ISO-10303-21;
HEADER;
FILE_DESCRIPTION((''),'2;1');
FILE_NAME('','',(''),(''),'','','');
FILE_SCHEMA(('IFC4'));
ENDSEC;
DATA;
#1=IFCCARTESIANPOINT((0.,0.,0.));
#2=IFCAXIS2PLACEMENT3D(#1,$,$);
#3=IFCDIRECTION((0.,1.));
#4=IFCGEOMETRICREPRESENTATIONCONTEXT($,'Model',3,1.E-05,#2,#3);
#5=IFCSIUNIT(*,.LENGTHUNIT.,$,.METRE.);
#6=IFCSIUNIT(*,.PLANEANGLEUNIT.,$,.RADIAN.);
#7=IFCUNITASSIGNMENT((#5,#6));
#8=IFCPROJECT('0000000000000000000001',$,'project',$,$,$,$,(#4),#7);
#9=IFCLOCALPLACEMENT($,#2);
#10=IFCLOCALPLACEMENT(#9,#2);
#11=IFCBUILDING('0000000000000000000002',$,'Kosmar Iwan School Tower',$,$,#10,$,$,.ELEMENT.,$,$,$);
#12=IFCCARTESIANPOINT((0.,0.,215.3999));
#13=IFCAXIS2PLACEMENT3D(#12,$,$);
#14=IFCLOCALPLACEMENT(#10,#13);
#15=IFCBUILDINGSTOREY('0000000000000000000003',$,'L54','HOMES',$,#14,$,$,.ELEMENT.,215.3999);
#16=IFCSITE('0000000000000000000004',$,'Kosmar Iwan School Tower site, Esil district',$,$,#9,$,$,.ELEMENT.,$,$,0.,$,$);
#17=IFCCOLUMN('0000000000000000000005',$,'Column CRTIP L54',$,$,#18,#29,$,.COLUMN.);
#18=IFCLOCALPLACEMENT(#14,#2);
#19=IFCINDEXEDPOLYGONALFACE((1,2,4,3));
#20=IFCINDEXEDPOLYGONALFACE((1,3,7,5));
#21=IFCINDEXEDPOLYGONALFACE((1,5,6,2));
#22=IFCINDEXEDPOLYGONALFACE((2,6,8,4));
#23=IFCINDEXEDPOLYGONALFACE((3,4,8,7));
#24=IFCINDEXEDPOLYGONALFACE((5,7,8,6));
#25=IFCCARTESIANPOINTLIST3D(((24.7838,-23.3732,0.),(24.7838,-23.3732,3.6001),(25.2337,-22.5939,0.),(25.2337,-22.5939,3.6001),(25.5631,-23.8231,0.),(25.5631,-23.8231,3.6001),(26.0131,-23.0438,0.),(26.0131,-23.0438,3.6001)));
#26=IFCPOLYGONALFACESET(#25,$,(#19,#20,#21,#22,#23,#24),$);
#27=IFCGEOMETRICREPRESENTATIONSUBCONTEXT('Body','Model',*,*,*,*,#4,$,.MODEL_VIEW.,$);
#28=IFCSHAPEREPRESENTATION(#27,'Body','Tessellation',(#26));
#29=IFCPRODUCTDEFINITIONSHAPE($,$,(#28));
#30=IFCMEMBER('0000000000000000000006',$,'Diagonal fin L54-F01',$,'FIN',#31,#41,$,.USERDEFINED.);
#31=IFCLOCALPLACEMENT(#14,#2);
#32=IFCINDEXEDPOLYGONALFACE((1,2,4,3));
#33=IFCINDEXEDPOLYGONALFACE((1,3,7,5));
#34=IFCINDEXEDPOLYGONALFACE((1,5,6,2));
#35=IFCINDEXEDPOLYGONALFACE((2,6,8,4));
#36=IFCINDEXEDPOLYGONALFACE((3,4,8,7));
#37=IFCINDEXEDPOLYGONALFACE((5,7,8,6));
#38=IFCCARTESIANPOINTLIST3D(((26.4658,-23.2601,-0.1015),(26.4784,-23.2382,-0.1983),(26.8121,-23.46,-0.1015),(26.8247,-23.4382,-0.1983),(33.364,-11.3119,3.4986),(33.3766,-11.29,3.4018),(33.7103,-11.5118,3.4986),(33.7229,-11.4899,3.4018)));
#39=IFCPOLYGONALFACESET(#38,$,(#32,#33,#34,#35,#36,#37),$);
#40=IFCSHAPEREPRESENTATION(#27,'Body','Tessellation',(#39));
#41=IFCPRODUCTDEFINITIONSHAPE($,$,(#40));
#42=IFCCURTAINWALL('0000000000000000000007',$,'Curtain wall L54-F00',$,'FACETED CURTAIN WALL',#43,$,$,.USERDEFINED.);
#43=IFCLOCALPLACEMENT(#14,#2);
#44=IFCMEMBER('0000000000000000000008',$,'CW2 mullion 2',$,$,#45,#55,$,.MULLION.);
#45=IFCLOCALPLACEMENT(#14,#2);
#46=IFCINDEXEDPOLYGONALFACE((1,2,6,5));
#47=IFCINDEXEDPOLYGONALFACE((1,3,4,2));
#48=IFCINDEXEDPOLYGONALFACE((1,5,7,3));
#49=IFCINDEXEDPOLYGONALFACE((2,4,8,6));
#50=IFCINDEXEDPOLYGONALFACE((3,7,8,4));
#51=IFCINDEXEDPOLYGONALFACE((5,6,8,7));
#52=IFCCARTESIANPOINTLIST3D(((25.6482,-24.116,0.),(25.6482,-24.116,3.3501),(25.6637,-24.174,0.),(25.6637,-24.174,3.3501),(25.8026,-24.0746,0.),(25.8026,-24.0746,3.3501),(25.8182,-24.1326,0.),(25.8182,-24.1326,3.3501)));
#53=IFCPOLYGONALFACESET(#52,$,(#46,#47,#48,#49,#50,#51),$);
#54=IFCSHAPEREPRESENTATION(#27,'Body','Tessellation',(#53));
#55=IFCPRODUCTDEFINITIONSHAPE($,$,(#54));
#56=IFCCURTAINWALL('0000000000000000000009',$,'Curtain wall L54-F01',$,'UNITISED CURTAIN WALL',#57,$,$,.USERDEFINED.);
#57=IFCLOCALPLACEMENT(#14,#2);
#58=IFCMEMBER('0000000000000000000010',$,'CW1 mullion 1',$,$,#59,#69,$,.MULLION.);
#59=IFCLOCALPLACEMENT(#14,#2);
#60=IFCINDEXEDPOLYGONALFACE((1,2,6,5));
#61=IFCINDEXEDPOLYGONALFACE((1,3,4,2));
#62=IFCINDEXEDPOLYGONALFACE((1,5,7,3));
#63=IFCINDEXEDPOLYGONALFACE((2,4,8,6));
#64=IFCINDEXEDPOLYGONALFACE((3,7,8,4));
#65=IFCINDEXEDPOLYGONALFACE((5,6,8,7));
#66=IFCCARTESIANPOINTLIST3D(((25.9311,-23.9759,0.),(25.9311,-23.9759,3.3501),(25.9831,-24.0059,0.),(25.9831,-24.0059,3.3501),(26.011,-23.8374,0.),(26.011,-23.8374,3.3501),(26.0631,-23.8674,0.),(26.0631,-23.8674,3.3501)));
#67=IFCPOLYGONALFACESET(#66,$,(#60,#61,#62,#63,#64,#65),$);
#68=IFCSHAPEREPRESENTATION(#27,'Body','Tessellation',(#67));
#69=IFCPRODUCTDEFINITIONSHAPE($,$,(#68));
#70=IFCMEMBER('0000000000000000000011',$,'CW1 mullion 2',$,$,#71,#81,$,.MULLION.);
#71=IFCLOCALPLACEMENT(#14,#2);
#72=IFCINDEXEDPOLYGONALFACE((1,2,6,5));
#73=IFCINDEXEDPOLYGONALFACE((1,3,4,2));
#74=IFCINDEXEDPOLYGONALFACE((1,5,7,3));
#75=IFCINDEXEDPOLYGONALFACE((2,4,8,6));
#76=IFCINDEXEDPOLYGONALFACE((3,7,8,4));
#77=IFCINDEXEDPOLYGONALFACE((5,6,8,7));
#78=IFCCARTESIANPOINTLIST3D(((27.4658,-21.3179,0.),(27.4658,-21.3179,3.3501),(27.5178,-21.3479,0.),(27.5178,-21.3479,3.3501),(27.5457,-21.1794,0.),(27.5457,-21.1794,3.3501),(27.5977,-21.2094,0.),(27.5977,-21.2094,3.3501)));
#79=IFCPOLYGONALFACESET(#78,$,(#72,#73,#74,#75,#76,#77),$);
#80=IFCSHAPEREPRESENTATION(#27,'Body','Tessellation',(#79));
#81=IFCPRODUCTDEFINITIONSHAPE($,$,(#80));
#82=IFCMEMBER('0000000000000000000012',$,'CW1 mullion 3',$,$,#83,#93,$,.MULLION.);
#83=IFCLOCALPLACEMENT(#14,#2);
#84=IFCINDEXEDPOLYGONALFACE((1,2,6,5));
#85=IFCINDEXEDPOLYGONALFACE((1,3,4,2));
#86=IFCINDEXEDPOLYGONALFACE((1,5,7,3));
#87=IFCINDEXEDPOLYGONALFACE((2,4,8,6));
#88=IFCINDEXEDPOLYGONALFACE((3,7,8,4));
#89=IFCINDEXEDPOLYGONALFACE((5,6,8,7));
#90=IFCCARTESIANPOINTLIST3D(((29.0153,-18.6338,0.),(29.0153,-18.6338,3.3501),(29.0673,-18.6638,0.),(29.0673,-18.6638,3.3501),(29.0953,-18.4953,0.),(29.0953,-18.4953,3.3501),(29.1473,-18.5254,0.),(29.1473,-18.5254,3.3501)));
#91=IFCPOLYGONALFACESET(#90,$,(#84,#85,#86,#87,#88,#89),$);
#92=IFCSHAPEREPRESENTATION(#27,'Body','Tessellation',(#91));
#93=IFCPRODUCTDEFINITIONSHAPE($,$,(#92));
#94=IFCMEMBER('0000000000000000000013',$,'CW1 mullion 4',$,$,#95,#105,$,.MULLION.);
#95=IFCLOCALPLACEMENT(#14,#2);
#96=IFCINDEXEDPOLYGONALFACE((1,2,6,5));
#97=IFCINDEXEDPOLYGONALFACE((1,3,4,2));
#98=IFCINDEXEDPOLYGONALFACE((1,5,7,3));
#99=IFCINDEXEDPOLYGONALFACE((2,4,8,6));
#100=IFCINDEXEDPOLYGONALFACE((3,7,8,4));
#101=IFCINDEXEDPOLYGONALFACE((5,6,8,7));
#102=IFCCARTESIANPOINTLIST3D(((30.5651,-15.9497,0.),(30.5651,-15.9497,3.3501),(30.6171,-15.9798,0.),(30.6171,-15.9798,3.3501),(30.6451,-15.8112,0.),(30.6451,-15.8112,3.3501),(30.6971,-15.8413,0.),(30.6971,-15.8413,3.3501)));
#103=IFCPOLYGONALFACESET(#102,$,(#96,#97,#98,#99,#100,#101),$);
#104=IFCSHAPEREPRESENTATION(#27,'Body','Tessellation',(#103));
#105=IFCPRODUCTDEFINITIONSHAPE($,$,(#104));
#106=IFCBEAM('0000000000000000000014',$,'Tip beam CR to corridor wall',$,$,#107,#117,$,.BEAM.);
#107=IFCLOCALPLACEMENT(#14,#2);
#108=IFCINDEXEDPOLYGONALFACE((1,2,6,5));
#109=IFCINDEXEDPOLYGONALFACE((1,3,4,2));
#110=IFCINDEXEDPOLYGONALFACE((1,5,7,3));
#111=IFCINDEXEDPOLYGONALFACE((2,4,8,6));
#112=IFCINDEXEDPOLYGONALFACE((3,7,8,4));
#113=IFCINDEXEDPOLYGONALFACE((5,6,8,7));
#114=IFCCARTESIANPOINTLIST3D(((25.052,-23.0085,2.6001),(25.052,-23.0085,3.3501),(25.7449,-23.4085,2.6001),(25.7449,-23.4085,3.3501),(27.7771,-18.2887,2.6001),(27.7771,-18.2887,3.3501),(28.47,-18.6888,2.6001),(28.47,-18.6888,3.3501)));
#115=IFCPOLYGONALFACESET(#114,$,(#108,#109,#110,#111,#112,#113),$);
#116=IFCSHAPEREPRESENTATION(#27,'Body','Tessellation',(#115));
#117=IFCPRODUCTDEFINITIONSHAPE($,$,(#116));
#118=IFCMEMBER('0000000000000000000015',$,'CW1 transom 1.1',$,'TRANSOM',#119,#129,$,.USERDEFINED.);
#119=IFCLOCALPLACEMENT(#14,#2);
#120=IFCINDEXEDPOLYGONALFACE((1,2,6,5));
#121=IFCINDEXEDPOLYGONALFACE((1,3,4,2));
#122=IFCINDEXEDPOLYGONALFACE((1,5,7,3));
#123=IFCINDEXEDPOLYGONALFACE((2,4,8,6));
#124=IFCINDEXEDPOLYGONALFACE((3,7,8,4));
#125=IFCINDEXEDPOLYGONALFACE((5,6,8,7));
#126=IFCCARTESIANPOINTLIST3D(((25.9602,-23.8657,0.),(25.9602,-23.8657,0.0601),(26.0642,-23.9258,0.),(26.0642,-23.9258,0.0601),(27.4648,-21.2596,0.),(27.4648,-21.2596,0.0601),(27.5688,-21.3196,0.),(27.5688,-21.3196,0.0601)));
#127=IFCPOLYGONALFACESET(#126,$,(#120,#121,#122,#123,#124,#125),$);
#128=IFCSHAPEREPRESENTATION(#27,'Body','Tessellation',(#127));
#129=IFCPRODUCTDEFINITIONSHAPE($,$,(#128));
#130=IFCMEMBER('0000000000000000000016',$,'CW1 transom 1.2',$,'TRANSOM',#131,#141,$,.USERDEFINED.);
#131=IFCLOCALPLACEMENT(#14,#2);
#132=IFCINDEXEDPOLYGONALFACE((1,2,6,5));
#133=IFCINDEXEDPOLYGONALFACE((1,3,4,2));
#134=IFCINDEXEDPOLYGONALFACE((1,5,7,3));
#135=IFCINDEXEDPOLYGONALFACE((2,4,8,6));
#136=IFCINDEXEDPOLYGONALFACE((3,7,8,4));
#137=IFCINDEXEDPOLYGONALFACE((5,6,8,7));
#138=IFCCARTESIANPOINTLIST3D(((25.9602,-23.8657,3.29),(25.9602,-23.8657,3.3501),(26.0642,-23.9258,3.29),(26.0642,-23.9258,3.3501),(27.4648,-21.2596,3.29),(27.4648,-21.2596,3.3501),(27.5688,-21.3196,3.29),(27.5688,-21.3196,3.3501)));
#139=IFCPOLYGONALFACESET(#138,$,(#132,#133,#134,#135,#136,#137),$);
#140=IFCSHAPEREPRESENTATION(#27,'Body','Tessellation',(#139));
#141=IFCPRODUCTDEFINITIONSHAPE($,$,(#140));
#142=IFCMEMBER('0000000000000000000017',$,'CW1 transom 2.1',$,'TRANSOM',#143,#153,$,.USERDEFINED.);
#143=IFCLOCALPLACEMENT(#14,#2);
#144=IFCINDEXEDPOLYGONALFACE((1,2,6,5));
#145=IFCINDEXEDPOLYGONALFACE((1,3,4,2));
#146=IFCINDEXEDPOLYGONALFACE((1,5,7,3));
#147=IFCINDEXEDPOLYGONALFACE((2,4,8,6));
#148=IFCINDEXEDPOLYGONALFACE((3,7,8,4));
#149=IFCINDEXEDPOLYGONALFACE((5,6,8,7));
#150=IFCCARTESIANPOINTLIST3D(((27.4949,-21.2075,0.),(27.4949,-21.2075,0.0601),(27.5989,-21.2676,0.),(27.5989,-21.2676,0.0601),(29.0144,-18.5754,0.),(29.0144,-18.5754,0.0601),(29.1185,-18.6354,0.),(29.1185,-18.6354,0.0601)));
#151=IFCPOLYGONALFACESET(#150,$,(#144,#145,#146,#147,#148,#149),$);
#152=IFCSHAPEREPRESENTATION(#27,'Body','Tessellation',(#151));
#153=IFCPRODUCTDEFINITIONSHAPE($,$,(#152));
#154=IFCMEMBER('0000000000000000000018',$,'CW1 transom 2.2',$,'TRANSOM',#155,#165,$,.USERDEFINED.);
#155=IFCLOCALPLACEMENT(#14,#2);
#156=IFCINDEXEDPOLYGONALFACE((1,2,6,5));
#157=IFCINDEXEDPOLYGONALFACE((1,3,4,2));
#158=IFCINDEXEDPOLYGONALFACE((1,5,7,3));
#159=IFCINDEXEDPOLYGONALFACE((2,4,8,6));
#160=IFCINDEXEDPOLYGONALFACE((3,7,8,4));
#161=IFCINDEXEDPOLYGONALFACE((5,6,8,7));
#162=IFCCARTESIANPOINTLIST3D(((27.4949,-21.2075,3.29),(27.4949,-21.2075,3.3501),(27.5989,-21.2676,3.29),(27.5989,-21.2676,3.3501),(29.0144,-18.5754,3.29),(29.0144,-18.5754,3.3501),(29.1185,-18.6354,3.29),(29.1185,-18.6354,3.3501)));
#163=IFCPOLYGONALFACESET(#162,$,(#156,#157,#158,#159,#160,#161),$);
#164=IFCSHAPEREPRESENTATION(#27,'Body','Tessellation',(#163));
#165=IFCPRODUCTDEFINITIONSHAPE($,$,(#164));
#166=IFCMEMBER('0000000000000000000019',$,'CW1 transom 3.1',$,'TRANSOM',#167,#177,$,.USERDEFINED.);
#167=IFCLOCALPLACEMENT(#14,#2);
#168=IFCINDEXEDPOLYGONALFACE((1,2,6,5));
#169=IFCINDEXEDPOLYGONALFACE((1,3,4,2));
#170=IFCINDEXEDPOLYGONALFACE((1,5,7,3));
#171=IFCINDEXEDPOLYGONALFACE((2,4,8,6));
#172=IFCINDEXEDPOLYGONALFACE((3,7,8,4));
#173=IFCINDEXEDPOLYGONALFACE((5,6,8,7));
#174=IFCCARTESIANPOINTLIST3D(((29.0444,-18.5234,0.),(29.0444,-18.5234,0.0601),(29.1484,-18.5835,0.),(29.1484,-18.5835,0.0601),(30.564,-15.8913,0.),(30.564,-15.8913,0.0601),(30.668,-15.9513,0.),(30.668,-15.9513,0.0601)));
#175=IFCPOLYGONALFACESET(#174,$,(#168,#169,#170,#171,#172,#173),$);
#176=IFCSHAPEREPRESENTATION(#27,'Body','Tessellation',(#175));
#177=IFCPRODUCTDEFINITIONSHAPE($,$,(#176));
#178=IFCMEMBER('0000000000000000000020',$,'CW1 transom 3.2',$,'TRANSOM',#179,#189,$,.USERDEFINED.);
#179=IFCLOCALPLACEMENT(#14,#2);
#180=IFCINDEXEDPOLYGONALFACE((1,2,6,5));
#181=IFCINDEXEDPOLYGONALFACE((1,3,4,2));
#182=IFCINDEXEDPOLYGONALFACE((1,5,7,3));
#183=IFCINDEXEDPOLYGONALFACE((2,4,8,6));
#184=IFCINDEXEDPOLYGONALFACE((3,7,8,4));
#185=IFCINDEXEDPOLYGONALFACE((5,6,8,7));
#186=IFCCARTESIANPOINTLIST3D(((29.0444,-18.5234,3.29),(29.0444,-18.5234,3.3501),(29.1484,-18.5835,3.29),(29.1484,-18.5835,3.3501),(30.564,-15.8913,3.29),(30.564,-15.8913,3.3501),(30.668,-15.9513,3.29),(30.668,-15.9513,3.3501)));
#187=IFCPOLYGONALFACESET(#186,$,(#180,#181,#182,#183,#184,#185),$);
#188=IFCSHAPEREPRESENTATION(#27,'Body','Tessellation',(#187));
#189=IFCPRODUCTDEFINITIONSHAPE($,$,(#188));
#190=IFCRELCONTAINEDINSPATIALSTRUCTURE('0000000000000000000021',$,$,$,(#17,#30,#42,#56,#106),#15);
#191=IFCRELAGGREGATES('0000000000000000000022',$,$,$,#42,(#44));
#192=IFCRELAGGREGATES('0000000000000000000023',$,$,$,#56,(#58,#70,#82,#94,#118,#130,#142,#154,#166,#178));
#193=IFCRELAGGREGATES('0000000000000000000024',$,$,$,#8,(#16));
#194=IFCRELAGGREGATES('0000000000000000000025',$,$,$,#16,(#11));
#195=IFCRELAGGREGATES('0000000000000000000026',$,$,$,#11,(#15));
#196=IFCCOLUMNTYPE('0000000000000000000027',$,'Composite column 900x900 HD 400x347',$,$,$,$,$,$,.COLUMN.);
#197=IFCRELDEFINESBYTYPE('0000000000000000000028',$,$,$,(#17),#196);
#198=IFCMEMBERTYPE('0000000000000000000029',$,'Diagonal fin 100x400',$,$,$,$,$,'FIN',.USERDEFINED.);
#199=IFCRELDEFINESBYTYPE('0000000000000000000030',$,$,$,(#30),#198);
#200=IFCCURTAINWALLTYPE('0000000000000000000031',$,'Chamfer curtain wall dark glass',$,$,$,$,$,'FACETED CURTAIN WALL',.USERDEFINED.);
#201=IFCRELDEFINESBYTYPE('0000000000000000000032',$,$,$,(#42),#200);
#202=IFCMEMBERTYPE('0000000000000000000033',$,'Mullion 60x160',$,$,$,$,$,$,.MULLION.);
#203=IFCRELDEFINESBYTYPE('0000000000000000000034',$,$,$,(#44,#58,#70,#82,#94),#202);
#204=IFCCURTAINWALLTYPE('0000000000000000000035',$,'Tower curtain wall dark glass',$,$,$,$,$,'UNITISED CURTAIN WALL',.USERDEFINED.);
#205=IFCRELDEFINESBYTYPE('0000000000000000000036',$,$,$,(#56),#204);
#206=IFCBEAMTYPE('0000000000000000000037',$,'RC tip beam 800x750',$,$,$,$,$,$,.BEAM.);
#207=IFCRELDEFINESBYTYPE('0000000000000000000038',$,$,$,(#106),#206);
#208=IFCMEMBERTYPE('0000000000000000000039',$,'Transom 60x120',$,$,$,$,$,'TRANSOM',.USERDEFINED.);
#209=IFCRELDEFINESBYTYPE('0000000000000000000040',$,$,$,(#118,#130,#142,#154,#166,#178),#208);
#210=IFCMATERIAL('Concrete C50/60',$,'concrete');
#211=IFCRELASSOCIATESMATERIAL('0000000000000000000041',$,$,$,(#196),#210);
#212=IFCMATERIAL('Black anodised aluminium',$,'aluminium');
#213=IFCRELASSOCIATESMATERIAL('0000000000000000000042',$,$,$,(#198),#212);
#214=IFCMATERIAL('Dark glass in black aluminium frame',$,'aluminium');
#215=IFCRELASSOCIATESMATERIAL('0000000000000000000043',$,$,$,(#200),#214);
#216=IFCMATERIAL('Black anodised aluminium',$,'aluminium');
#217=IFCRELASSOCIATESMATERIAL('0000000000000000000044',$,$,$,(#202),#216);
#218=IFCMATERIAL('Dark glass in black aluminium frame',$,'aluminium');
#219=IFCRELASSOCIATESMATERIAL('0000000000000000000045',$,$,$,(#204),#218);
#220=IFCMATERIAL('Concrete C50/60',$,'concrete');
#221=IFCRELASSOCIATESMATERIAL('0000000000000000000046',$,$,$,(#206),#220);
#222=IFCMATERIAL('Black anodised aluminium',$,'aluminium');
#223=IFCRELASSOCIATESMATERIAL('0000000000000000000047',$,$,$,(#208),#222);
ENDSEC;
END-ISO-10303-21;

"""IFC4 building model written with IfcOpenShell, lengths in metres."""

from ifc_helpers import new_model, si_unit, direction, frame, origin, origin_2d, place, context, subcontext, project, spatial, rectangle, extrude, material, material_profile, profile_set, type_object, element, aggregate, save


model = new_model("IFC4")

# Units and contexts
model_context = context("Model", 3, precision=1e-05, world=origin(), true_north=direction((0.0, 1.0)))
body_context = subcontext(model_context, "Body", "Model", "MODEL_VIEW")
ifc_project = project(units=[si_unit("LENGTHUNIT", "METRE"), si_unit("PLANEANGLEUNIT", "RADIAN")], contexts=[model_context])

# Site, building, storey
site_placement = place(None, origin())
site = spatial("IfcSite", under=ifc_project, at=site_placement, Name="Kosmar Iwan School Tower site, Esil district", CompositionType="ELEMENT", RefElevation=0.0)
building_placement = place(site_placement, origin())
building = spatial("IfcBuilding", under=site, at=building_placement, Name="Kosmar Iwan School Tower", CompositionType="ELEMENT")
storey_placement = place(building_placement, frame((0.0, 0.0, 215.3999)))
storey = spatial("IfcBuildingStorey", under=building, at=storey_placement, Name="L54", Description="HOMES", CompositionType="ELEMENT", Elevation=215.3999)

# Column
ifc_material_1 = material(Name="Concrete C50/60", Category="concrete")
ifc_material_profile_1 = material_profile(ifc_material_1, rectangle(XDim=0.8999, YDim=0.8999, at=origin_2d()), Name="RC 900x900 + HD 400x347")
ifc_profile_set_1 = profile_set([ifc_material_profile_1], Name="Concrete C50/60")
column_type = type_object("IfcColumnType", Name="Composite column 900x900 HD 400x347", PredefinedType="COLUMN", material=ifc_profile_set_1)
column_placement = place(storey_placement, frame((25.3984, -23.2085, 0.0), z_axis=(0.0, 0.0, 1.0), x_axis=(0.866025, -0.5, 0.0)))
element("IfcColumn", 1, at=column_placement, inside=storey, type_object=column_type, Name="Column CRTIP L54", PredefinedType="COLUMN", context=body_context, shape_type="SweptSolid", body=[
    extrude(rectangle(XDim=0.8999, YDim=0.8999, at=origin_2d()), origin(), (0.0, 0.0, 1.0), 3.6001),
])

# Member
ifc_material_2 = material(Name="Black anodised aluminium", Category="aluminium")
ifc_material_profile_2 = material_profile(ifc_material_2, rectangle(XDim=0.1001, YDim=0.3999, at=origin_2d()), Name="FIN 100x400")
ifc_profile_set_2 = profile_set([ifc_material_profile_2], Name="Black anodised aluminium")
member_type_1 = type_object("IfcMemberType", Name="Diagonal fin 100x400", ElementType="FIN", PredefinedType="USERDEFINED", material=ifc_profile_set_2)
member_1_placement = place(storey_placement, frame((26.6453, -23.3491, -0.1499), z_axis=(0.483793, 0.83797, 0.252487), x_axis=(-0.126242, -0.218661, 0.9676)))
element("IfcMember", 2, at=member_1_placement, inside=storey, type_object=member_type_1, Name="Diagonal fin L54-F01", ObjectType="FIN", PredefinedType="USERDEFINED", context=body_context, shape_type="SweptSolid", body=[
    extrude(rectangle(XDim=0.1001, YDim=0.3999, at=origin_2d()), origin(), (0.0, 0.0, 1.0), 14.2585),
])

# Curtain wall, member
ifc_material_3 = material(Name="Dark glass in black aluminium frame", Category="aluminium")
curtain_wall_type_1 = type_object("IfcCurtainWallType", Name="Chamfer curtain wall dark glass", ElementType="FACETED CURTAIN WALL", PredefinedType="USERDEFINED", material=ifc_material_3)
curtain_wall_1_placement = place(storey_placement, origin())
curtain_wall_1 = element("IfcCurtainWall", 3, at=curtain_wall_1_placement, inside=storey, type_object=curtain_wall_type_1, Name="Curtain wall L54-F00", ObjectType="FACETED CURTAIN WALL", PredefinedType="USERDEFINED")
ifc_material_4 = material(Name="Black anodised aluminium", Category="aluminium")
ifc_material_profile_3 = material_profile(ifc_material_4, rectangle(XDim=0.0601, YDim=0.1599, at=origin_2d()), Name="MULLION 60x160")
ifc_profile_set_3 = profile_set([ifc_material_profile_3], Name="Black anodised aluminium")
member_type_2 = type_object("IfcMemberType", Name="Mullion 60x160", PredefinedType="MULLION", material=ifc_profile_set_3)
member_2_placement = place(storey_placement, frame((25.7332, -24.1243, 0.0), z_axis=(0.0, 0.0, 1.0), x_axis=(-0.258819, 0.965926, 0.0)))
member_2 = element("IfcMember", 4, at=member_2_placement, type_object=member_type_2, Name="CW2 mullion 2", PredefinedType="MULLION", context=body_context, shape_type="SweptSolid", body=[
    extrude(rectangle(XDim=0.0601, YDim=0.1599, at=origin_2d()), origin(), (0.0, 0.0, 1.0), 3.3501),
])
aggregate(curtain_wall_1, [member_2])

# Curtain wall, members
ifc_material_5 = material(Name="Dark glass in black aluminium frame", Category="aluminium")
curtain_wall_type_2 = type_object("IfcCurtainWallType", Name="Tower curtain wall dark glass", ElementType="UNITISED CURTAIN WALL", PredefinedType="USERDEFINED", material=ifc_material_5)
curtain_wall_2_placement = place(storey_placement, origin())
curtain_wall_2 = element("IfcCurtainWall", 5, at=curtain_wall_2_placement, inside=storey, type_object=curtain_wall_type_2, Name="Curtain wall L54-F01", ObjectType="UNITISED CURTAIN WALL", PredefinedType="USERDEFINED")
member_3_placement = place(storey_placement, frame((25.9971, -23.9216, 0.0), z_axis=(0.0, 0.0, 1.0), x_axis=(-0.866025, 0.5, 0.0)))
member_3 = element("IfcMember", 6, at=member_3_placement, type_object=member_type_2, Name="CW1 mullion 1", PredefinedType="MULLION", context=body_context, shape_type="SweptSolid", body=[
    extrude(rectangle(XDim=0.0601, YDim=0.1599, at=origin_2d()), origin(), (0.0, 0.0, 1.0), 3.3501),
])
member_4_placement = place(storey_placement, frame((27.5317, -21.2637, 0.0), z_axis=(0.0, 0.0, 1.0), x_axis=(-0.866025, 0.5, 0.0)))
member_4 = element("IfcMember", 7, at=member_4_placement, type_object=member_type_2, Name="CW1 mullion 2", PredefinedType="MULLION", context=body_context, shape_type="SweptSolid", body=[
    extrude(rectangle(XDim=0.0601, YDim=0.1599, at=origin_2d()), origin(), (0.0, 0.0, 1.0), 3.3501),
])
member_5_placement = place(storey_placement, frame((29.0813, -18.5796, 0.0), z_axis=(0.0, 0.0, 1.0), x_axis=(-0.866025, 0.5, 0.0)))
member_5 = element("IfcMember", 8, at=member_5_placement, type_object=member_type_2, Name="CW1 mullion 3", PredefinedType="MULLION", context=body_context, shape_type="SweptSolid", body=[
    extrude(rectangle(XDim=0.0601, YDim=0.1599, at=origin_2d()), origin(), (0.0, 0.0, 1.0), 3.3501),
])
member_6_placement = place(storey_placement, frame((30.6311, -15.8955, 0.0), z_axis=(0.0, 0.0, 1.0), x_axis=(-0.866025, 0.5, 0.0)))
member_6 = element("IfcMember", 9, at=member_6_placement, type_object=member_type_2, Name="CW1 mullion 4", PredefinedType="MULLION", context=body_context, shape_type="SweptSolid", body=[
    extrude(rectangle(XDim=0.0601, YDim=0.1599, at=origin_2d()), origin(), (0.0, 0.0, 1.0), 3.3501),
])

# Beam
ifc_material_6 = material(Name="Concrete C50/60", Category="concrete")
ifc_material_profile_4 = material_profile(ifc_material_6, rectangle(XDim=0.8, YDim=0.75, at=origin_2d()), Name="RC 800x750")
ifc_profile_set_4 = profile_set([ifc_material_profile_4], Name="Concrete C50/60")
beam_type = type_object("IfcBeamType", Name="RC tip beam 800x750", PredefinedType="BEAM", material=ifc_profile_set_4)
beam_placement = place(storey_placement, frame((25.3984, -23.2085, 2.9751), z_axis=(0.500022, 0.866013, 0.0), x_axis=(-0.866013, 0.500022, 0.0)))
element("IfcBeam", 10, at=beam_placement, inside=storey, type_object=beam_type, Name="Tip beam CR to corridor wall", PredefinedType="BEAM", context=body_context, shape_type="SweptSolid", body=[
    extrude(rectangle(XDim=0.8, YDim=0.75, at=origin_2d()), origin(), (0.0, 0.0, 1.0), 5.45),
])

# Members
ifc_material_7 = material(Name="Black anodised aluminium", Category="aluminium")
ifc_material_profile_5 = material_profile(ifc_material_7, rectangle(XDim=0.1201, YDim=0.0601, at=origin_2d()), Name="TRANSOM 60x120")
ifc_profile_set_5 = profile_set([ifc_material_profile_5], Name="Black anodised aluminium")
member_type_3 = type_object("IfcMemberType", Name="Transom 60x120", ElementType="TRANSOM", PredefinedType="USERDEFINED", material=ifc_profile_set_5)
member_7_placement = place(storey_placement, frame((26.0122, -23.8958, 0.03), z_axis=(0.499987, 0.866033, 0.0), x_axis=(-0.866033, 0.499987, 0.0)))
member_7 = element("IfcMember", 11, at=member_7_placement, type_object=member_type_3, Name="CW1 transom 1.1", ObjectType="TRANSOM", PredefinedType="USERDEFINED", context=body_context, shape_type="SweptSolid", body=[
    extrude(rectangle(XDim=0.1201, YDim=0.0601, at=origin_2d()), origin(), (0.0, 0.0, 1.0), 3.0093),
])
member_8_placement = place(storey_placement, frame((26.0122, -23.8958, 3.3201), z_axis=(0.499987, 0.866033, 0.0), x_axis=(-0.866033, 0.499987, 0.0)))
member_8 = element("IfcMember", 12, at=member_8_placement, type_object=member_type_3, Name="CW1 transom 1.2", ObjectType="TRANSOM", PredefinedType="USERDEFINED", context=body_context, shape_type="SweptSolid", body=[
    extrude(rectangle(XDim=0.1201, YDim=0.0601, at=origin_2d()), origin(), (0.0, 0.0, 1.0), 3.0093),
])
member_9_placement = place(storey_placement, frame((27.5469, -21.2375, 0.03), z_axis=(0.499975, 0.86604, 0.0), x_axis=(-0.86604, 0.499975, 0.0)))
member_9 = element("IfcMember", 13, at=member_9_placement, type_object=member_type_3, Name="CW1 transom 2.1", ObjectType="TRANSOM", PredefinedType="USERDEFINED", context=body_context, shape_type="SweptSolid", body=[
    extrude(rectangle(XDim=0.1201, YDim=0.0601, at=origin_2d()), origin(), (0.0, 0.0, 1.0), 3.0393),
])
member_10_placement = place(storey_placement, frame((27.5469, -21.2375, 3.3201), z_axis=(0.499975, 0.86604, 0.0), x_axis=(-0.86604, 0.499975, 0.0)))
member_10 = element("IfcMember", 14, at=member_10_placement, type_object=member_type_3, Name="CW1 transom 2.2", ObjectType="TRANSOM", PredefinedType="USERDEFINED", context=body_context, shape_type="SweptSolid", body=[
    extrude(rectangle(XDim=0.1201, YDim=0.0601, at=origin_2d()), origin(), (0.0, 0.0, 1.0), 3.0393),
])
member_11_placement = place(storey_placement, frame((29.0964, -18.5535, 0.03), z_axis=(0.499975, 0.86604, 0.0), x_axis=(-0.86604, 0.499975, 0.0)))
member_11 = element("IfcMember", 15, at=member_11_placement, type_object=member_type_3, Name="CW1 transom 3.1", ObjectType="TRANSOM", PredefinedType="USERDEFINED", context=body_context, shape_type="SweptSolid", body=[
    extrude(rectangle(XDim=0.1201, YDim=0.0601, at=origin_2d()), origin(), (0.0, 0.0, 1.0), 3.0393),
])
member_12_placement = place(storey_placement, frame((29.0964, -18.5535, 3.3201), z_axis=(0.499975, 0.86604, 0.0), x_axis=(-0.86604, 0.499975, 0.0)))
member_12 = element("IfcMember", 16, at=member_12_placement, type_object=member_type_3, Name="CW1 transom 3.2", ObjectType="TRANSOM", PredefinedType="USERDEFINED", context=body_context, shape_type="SweptSolid", body=[
    extrude(rectangle(XDim=0.1201, YDim=0.0601, at=origin_2d()), origin(), (0.0, 0.0, 1.0), 3.0393),
])

aggregate(curtain_wall_2, [member_3, member_4, member_5, member_6, member_7, member_8, member_9, member_10, member_11, member_12])

save(model, "model.ifc")
